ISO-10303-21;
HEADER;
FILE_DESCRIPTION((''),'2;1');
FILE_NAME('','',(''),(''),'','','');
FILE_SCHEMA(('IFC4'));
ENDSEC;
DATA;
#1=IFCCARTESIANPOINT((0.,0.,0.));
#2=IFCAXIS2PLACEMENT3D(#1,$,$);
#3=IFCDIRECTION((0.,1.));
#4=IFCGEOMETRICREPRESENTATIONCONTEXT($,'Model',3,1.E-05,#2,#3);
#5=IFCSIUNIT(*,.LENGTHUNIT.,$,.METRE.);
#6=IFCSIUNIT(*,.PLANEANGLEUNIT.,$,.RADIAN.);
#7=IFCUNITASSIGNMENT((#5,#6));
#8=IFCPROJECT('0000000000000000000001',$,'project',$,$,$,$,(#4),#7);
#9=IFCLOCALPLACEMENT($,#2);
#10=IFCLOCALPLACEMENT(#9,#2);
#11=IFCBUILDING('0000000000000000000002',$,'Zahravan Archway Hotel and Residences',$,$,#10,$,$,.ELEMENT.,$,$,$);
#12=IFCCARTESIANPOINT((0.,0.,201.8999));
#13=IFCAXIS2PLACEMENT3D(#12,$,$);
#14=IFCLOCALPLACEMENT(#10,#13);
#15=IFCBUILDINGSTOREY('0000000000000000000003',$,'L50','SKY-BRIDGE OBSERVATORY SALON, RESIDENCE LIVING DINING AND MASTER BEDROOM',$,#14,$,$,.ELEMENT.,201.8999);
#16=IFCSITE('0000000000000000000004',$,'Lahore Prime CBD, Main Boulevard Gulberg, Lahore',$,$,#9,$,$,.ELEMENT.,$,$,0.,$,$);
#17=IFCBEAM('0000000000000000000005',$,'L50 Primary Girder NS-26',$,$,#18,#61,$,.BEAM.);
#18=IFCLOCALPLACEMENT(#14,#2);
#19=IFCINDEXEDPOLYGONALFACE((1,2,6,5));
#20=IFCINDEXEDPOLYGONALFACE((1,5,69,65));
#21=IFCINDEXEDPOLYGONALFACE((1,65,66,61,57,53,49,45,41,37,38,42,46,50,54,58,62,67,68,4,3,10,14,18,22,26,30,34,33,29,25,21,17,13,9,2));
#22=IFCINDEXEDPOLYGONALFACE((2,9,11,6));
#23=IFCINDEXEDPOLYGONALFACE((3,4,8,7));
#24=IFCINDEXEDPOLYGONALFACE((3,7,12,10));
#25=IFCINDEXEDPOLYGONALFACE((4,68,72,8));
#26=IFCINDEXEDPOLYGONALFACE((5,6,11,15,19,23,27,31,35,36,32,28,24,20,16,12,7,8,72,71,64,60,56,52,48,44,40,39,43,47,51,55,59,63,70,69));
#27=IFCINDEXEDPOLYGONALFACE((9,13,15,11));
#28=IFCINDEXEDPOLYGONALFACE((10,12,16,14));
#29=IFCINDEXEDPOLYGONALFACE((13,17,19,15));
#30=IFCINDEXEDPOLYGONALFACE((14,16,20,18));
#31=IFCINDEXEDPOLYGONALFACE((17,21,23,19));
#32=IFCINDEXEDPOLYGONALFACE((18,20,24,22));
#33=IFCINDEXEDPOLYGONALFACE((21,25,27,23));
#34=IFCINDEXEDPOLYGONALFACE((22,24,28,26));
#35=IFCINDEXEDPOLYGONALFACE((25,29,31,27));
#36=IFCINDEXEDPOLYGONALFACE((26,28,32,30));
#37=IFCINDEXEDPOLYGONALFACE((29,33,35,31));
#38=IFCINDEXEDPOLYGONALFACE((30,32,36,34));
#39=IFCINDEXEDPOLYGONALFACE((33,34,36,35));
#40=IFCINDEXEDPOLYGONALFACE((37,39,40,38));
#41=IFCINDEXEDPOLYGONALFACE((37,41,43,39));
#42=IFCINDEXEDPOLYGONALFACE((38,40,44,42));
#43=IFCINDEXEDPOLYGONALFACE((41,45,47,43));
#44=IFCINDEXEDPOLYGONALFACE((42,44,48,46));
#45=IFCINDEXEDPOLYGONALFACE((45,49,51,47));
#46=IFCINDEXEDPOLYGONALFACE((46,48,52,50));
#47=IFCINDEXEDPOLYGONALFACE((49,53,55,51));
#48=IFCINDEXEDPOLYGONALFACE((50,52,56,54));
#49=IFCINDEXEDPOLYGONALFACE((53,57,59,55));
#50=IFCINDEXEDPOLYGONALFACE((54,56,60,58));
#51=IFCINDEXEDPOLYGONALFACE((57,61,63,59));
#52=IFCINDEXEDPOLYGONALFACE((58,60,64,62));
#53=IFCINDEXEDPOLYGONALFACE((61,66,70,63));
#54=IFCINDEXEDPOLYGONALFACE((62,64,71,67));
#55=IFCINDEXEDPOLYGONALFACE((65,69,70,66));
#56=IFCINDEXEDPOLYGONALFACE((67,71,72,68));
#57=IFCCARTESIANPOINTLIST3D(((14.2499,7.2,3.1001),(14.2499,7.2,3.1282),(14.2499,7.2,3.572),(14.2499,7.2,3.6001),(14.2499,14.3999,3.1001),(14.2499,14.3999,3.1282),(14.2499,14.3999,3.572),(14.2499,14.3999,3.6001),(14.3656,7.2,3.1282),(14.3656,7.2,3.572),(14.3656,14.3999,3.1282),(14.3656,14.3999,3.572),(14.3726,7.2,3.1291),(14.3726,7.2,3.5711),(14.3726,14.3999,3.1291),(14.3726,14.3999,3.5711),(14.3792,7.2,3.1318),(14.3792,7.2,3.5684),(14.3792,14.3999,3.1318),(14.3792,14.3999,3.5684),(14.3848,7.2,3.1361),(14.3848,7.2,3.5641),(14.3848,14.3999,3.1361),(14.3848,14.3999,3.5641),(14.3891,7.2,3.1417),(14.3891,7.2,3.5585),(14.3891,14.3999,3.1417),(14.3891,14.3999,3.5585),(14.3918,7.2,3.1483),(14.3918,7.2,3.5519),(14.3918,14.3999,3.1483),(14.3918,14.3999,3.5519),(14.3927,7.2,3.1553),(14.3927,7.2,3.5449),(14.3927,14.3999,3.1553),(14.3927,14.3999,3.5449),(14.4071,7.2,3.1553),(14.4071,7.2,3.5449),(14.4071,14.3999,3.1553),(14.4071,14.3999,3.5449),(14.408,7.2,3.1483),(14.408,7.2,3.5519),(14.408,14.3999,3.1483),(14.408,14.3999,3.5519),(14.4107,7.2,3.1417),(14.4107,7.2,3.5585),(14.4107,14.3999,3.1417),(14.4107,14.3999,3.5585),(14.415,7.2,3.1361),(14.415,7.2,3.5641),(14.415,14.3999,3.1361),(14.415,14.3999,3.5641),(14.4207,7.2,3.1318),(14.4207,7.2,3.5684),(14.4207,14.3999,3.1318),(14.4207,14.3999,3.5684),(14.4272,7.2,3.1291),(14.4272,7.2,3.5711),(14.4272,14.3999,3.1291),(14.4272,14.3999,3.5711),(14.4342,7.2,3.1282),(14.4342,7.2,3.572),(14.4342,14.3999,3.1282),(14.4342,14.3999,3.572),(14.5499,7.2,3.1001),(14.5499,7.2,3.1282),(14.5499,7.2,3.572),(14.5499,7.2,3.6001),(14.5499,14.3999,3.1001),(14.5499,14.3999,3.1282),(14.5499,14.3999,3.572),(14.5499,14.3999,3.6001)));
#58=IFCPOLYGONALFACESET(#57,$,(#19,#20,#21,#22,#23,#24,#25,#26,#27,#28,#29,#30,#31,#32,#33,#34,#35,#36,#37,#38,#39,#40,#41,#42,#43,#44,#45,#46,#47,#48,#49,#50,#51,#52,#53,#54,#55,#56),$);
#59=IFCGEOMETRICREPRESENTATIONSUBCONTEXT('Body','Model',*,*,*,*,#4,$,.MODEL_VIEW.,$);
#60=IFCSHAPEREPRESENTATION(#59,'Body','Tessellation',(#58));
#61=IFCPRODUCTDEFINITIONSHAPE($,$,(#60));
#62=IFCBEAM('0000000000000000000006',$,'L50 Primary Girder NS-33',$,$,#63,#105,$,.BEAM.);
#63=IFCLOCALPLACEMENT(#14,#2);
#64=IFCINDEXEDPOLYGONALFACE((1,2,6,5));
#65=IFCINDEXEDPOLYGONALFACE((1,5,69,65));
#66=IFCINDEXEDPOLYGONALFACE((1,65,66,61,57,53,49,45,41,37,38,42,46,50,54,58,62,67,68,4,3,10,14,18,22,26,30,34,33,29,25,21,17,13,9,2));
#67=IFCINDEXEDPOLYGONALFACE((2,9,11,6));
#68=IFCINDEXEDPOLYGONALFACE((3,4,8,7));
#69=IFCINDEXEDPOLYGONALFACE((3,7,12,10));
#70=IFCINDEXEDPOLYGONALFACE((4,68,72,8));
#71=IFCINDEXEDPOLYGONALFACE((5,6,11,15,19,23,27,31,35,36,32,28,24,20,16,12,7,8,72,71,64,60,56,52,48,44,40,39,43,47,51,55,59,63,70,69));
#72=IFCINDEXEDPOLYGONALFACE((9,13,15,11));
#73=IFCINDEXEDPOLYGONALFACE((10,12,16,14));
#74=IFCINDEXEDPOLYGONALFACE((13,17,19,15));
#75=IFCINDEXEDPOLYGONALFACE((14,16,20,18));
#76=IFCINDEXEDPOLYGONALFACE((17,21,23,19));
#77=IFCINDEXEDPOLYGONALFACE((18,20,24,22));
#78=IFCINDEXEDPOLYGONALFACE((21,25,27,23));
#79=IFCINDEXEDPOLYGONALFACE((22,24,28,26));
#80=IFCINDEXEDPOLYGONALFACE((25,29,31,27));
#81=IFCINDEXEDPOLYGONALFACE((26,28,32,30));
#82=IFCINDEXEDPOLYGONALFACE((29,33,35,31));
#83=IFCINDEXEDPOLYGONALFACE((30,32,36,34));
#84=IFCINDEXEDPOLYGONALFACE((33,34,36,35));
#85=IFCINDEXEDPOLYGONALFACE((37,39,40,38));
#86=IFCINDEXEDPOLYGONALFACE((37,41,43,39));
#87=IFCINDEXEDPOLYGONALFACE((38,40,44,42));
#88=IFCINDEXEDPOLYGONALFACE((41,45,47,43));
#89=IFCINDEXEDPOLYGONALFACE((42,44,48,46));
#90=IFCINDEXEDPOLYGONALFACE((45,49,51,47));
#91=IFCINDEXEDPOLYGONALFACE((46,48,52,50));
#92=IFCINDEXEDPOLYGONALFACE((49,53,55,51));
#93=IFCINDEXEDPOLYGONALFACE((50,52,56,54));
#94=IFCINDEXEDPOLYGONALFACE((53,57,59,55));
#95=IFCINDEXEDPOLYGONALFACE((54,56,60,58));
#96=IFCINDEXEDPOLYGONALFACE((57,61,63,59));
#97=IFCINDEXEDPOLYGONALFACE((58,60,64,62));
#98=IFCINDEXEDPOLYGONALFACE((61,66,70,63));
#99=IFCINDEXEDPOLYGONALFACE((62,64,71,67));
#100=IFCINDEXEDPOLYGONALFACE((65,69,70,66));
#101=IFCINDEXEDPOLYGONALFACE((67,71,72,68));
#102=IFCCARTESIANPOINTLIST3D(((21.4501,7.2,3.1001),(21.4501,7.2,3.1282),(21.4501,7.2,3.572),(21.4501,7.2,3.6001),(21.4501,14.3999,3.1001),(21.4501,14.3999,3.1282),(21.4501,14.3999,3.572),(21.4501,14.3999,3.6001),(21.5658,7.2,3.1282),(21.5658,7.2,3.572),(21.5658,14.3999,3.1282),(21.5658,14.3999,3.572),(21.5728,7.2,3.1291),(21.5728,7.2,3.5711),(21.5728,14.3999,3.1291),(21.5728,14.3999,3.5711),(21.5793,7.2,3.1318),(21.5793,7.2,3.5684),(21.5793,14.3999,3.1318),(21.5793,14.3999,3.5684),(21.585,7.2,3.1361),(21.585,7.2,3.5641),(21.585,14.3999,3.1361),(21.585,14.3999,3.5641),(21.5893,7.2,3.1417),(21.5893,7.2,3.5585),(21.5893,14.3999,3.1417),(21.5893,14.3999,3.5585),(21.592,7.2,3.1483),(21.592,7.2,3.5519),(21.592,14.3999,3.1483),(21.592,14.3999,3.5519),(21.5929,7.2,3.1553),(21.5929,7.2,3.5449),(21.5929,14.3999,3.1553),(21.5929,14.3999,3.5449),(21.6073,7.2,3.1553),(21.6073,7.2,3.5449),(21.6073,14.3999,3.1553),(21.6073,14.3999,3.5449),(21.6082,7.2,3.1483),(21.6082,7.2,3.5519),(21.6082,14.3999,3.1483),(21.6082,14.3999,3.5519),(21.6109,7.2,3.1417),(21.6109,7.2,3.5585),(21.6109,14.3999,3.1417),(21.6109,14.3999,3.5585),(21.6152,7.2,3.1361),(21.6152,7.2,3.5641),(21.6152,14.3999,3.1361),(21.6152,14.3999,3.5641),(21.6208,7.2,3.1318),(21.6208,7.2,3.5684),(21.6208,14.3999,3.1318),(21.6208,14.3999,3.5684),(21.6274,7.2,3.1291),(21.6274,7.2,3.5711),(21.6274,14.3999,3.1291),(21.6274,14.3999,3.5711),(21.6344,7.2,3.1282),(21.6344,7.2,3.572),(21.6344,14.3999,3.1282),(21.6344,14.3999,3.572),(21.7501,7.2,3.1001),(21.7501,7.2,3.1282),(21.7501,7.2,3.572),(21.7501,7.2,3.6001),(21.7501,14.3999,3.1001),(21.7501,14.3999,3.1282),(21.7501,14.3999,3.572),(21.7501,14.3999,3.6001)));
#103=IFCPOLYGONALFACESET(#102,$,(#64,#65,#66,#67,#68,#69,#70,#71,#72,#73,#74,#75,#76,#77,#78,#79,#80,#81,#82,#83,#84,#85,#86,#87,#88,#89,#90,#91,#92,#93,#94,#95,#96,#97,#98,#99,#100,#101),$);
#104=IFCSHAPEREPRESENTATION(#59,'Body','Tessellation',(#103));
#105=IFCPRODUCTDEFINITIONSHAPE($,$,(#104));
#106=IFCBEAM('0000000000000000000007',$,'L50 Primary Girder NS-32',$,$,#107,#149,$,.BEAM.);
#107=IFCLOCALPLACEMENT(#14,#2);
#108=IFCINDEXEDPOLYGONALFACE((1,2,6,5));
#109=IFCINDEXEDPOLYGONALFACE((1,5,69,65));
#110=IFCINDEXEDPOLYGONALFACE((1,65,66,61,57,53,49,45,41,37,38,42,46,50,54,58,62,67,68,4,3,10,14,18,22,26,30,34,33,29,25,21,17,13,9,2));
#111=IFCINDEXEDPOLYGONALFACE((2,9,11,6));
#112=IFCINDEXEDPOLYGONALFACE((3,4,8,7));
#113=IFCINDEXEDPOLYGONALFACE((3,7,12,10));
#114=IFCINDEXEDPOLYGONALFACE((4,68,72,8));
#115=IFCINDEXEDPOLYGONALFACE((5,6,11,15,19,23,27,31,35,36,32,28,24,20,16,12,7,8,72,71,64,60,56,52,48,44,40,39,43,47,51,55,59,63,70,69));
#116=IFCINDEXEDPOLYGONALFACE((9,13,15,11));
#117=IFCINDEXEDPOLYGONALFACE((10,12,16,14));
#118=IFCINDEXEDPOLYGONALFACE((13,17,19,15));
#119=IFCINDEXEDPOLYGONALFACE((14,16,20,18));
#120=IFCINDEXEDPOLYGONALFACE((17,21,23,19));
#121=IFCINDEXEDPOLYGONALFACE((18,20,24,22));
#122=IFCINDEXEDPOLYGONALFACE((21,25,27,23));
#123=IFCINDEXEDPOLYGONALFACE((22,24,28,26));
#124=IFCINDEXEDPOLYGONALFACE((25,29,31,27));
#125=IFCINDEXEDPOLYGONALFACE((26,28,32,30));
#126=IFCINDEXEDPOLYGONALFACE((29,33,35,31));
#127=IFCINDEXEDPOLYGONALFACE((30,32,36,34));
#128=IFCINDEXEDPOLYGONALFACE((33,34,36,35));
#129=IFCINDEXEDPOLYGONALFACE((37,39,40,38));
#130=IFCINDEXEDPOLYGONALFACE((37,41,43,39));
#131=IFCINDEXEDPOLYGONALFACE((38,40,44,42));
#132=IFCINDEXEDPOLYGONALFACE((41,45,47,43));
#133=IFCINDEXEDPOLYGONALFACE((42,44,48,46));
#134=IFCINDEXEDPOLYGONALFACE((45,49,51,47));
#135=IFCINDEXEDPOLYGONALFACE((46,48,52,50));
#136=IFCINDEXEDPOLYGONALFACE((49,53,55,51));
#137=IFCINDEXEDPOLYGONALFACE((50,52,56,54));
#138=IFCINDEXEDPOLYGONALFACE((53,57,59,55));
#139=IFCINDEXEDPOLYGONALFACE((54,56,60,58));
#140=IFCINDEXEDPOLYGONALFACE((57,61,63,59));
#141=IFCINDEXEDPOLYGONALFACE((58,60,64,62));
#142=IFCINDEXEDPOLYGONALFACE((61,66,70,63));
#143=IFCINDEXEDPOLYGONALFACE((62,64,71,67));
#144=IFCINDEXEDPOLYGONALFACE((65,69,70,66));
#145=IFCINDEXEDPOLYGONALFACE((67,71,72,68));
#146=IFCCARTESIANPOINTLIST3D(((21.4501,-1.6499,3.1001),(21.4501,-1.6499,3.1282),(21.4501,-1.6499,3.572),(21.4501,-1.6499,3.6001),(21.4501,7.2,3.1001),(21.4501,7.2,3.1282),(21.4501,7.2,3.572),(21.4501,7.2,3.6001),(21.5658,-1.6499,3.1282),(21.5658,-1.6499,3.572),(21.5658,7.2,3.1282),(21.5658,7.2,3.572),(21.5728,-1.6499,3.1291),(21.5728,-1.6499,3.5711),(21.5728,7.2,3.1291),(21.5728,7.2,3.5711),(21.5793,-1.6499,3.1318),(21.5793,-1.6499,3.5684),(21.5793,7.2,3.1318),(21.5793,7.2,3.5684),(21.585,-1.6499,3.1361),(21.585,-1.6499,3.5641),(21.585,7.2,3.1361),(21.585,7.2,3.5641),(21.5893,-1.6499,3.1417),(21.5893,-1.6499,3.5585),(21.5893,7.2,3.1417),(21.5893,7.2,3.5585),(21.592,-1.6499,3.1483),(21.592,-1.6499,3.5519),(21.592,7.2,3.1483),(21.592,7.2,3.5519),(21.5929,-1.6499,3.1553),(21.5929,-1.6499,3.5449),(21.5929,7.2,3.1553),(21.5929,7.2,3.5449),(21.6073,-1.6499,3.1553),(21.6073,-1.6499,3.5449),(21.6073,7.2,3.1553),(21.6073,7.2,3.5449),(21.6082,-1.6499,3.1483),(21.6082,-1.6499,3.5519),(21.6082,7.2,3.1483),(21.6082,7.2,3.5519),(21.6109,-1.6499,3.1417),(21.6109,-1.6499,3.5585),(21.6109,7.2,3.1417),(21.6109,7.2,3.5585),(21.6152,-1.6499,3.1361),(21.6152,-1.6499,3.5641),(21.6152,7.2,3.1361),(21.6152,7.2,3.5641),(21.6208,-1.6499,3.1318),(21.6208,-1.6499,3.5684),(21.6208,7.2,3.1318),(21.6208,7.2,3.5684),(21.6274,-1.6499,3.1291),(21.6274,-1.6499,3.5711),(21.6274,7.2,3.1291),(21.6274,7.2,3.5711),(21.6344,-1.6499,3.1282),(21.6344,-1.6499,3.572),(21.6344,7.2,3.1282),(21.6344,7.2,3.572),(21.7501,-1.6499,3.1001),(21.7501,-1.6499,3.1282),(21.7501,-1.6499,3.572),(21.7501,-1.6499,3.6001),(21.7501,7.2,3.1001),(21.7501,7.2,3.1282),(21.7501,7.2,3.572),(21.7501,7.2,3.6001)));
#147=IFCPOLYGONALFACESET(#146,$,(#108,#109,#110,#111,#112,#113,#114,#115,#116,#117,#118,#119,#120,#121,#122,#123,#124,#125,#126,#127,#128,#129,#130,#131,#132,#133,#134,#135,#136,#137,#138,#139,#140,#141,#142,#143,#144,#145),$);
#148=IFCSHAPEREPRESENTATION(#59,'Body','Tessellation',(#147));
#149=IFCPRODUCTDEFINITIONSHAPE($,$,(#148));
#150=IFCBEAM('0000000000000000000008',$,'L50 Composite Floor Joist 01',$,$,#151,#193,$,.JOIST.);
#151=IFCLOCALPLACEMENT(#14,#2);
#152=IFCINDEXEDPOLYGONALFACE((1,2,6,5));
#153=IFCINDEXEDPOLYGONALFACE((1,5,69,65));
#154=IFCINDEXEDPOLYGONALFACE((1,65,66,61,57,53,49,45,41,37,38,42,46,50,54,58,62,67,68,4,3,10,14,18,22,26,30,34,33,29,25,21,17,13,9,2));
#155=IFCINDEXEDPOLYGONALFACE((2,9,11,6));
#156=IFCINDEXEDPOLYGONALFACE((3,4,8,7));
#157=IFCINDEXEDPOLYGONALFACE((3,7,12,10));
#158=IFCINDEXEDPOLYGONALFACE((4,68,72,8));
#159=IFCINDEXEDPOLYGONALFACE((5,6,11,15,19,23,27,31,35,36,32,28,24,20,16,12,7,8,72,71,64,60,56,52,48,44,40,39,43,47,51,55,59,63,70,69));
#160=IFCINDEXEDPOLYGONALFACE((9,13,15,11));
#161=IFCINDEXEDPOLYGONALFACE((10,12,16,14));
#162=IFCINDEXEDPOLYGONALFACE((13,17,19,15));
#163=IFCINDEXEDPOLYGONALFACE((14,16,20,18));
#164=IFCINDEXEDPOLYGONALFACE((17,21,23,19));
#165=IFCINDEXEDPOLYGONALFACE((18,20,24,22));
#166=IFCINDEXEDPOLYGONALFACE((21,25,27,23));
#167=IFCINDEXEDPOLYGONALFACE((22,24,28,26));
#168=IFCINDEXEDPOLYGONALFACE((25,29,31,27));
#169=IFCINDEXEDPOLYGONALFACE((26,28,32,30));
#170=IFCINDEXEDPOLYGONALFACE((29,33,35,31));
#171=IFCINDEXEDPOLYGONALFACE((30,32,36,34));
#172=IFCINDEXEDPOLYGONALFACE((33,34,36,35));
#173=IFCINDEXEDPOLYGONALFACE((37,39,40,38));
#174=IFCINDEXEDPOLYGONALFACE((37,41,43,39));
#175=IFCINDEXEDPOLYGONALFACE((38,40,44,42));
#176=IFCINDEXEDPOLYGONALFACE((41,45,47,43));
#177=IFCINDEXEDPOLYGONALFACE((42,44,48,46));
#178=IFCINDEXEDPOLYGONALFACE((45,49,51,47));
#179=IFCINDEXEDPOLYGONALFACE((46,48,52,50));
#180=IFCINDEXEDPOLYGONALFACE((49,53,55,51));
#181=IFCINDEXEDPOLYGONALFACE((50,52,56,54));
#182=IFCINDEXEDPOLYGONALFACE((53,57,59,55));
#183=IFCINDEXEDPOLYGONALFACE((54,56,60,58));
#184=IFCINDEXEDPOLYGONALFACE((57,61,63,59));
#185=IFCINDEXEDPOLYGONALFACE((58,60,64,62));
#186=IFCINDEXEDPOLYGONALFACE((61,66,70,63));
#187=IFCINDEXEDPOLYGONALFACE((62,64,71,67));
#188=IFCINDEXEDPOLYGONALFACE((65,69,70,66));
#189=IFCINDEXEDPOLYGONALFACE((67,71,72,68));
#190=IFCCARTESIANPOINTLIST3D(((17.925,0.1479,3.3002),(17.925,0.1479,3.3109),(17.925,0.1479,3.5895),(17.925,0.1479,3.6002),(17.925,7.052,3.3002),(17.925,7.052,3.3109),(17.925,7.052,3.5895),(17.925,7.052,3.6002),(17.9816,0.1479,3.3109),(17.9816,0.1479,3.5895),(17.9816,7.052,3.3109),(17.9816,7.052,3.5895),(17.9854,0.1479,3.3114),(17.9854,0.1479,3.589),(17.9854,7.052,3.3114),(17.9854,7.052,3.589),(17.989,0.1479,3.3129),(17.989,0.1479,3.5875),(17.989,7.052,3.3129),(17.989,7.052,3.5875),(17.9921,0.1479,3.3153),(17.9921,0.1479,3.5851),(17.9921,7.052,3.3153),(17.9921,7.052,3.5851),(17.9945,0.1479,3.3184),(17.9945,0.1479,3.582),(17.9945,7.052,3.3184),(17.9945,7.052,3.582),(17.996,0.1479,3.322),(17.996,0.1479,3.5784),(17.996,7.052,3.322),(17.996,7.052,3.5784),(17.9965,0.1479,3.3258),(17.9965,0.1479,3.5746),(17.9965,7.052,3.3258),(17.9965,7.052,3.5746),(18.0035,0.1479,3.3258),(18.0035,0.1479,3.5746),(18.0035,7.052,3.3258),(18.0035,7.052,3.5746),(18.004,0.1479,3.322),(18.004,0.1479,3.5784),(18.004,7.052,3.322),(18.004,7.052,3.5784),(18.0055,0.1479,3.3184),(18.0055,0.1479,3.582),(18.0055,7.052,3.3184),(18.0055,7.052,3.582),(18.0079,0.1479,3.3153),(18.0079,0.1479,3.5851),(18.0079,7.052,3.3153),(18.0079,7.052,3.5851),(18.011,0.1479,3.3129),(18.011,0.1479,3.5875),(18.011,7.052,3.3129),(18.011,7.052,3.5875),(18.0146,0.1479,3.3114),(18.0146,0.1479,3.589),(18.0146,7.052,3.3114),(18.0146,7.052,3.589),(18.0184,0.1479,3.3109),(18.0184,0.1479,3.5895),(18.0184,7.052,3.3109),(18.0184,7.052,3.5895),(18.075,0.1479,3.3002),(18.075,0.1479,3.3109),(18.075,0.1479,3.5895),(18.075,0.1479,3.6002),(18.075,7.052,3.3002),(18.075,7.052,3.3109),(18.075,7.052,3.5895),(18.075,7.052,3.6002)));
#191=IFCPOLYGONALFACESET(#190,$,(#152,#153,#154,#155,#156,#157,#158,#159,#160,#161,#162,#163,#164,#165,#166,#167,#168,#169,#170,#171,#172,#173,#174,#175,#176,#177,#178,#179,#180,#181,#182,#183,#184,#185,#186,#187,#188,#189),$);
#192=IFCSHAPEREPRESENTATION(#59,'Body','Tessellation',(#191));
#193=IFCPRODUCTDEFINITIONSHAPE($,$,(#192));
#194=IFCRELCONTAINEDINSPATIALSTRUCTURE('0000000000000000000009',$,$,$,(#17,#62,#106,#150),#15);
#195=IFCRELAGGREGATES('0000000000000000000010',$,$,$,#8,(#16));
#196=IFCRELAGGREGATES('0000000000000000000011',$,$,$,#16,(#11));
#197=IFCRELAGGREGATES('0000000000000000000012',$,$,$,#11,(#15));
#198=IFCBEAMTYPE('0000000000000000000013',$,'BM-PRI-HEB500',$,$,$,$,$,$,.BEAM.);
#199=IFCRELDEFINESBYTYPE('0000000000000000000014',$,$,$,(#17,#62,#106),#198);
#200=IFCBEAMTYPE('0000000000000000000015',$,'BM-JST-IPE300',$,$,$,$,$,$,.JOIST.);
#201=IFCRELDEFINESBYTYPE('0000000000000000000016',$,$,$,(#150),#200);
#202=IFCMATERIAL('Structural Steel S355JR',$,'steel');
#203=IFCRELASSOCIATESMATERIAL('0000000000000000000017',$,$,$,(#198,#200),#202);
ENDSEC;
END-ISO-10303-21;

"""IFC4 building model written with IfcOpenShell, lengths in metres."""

from ifc_helpers import new_model, si_unit, direction, frame, origin, origin_2d, place, context, subcontext, project, spatial, i_section, extrude, source, transform, mapped, material, material_profile, profile_set, type_object, type_shapes, element, save


model = new_model("IFC4")

# Units and contexts
model_context = context("Model", 3, precision=1e-05, world=origin(), true_north=direction((0.0, 1.0)))
body_context = subcontext(model_context, "Body", "Model", "MODEL_VIEW")
ifc_project = project(units=[si_unit("LENGTHUNIT", "METRE"), si_unit("PLANEANGLEUNIT", "RADIAN")], contexts=[model_context])

# Site, building, storey
site_placement = place(None, origin())
site = spatial("IfcSite", under=ifc_project, at=site_placement, Name="Lahore Prime CBD, Main Boulevard Gulberg, Lahore", CompositionType="ELEMENT", RefElevation=0.0)
building_placement = place(site_placement, origin())
building = spatial("IfcBuilding", under=site, at=building_placement, Name="Zahravan Archway Hotel and Residences", CompositionType="ELEMENT")
storey_placement = place(building_placement, frame((0.0, 0.0, 201.8999)))
storey = spatial("IfcBuildingStorey", under=building, at=storey_placement, Name="L50", Description="SKY-BRIDGE OBSERVATORY SALON, RESIDENCE LIVING DINING AND MASTER BEDROOM", CompositionType="ELEMENT", Elevation=201.8999)

# Beams
ifc_material_1 = material(Name="Structural Steel S355JR", Category="steel")
ifc_material_profile_1 = material_profile(ifc_material_1, i_section(OverallWidth=0.3, OverallDepth=0.5, WebThickness=0.0144, FlangeThickness=0.0281, FilletRadius=0.0271, at=origin_2d()), Name="HEB 500", Category="steel")
ifc_profile_set_1 = profile_set([ifc_material_profile_1], Name="Structural Steel S355JR")
beam_type_1 = type_object("IfcBeamType", Name="BM-PRI-HEB500", PredefinedType="BEAM", material=ifc_profile_set_1)
shared_shape_1 = source(origin(), body_context, "Body", "SweptSolid", [
    extrude(i_section(OverallWidth=0.3, OverallDepth=0.5, WebThickness=0.0144, FlangeThickness=0.0281, FilletRadius=0.0271, at=origin_2d()), origin(), (0.0, 0.0, 1.0), 7.2),
])
for number, where, z_axis, x_axis, name in (
    (1, (14.3999, 7.2, 3.3501), (0.0, 1.0, 0.0), (-1.0, 0.0, 0.0), "L50 Primary Girder NS-26"),
    (2, (21.6001, 7.2, 3.3501), (0.0, 1.0, 0.0), (-1.0, 0.0, 0.0), "L50 Primary Girder NS-33"),
):
    element("IfcBeam", number, at=place(storey_placement, frame(where, z_axis=z_axis, x_axis=x_axis)), inside=storey, type_object=beam_type_1, Name=name, PredefinedType="BEAM", context=body_context, shape_type="MappedRepresentation", body=[
        mapped(shared_shape_1, transform((0.0, 0.0, 0.0), scale=1.0)),
    ])
shared_shape_2 = source(origin(), body_context, "Body", "SweptSolid", [
    extrude(i_section(OverallWidth=0.3, OverallDepth=0.5, WebThickness=0.0144, FlangeThickness=0.0281, FilletRadius=0.0271, at=origin_2d()), origin(), (0.0, 0.0, 1.0), 8.8499),
])
beam_1_placement = place(storey_placement, frame((21.6001, -1.6499, 3.3501), z_axis=(0.0, 1.0, 0.0), x_axis=(-1.0, 0.0, 0.0)))
element("IfcBeam", 3, at=beam_1_placement, inside=storey, type_object=beam_type_1, Name="L50 Primary Girder NS-32", PredefinedType="BEAM", context=body_context, shape_type="MappedRepresentation", body=[
    mapped(shared_shape_2, transform((0.0, 0.0, 0.0), scale=1.0)),
])
ifc_material_profile_2 = material_profile(ifc_material_1, i_section(OverallWidth=0.1499, OverallDepth=0.3, WebThickness=0.0071, FlangeThickness=0.0107, FilletRadius=0.0149, at=origin_2d()), Name="IPE 300", Category="steel")
ifc_profile_set_2 = profile_set([ifc_material_profile_2], Name="Structural Steel S355JR")
beam_type_2 = type_object("IfcBeamType", Name="BM-JST-IPE300", PredefinedType="JOIST", material=ifc_profile_set_2)
shared_shape_3 = source(origin(), body_context, "Body", "SweptSolid", [
    extrude(i_section(OverallWidth=0.1499, OverallDepth=0.3, WebThickness=0.0071, FlangeThickness=0.0107, FilletRadius=0.0149, at=origin_2d()), origin(), (0.0, 0.0, 1.0), 6.9041),
])
type_shapes(beam_type_2, [shared_shape_3])
for number, where, z_axis, x_axis, name in (
    (4, (18.0, 0.1479, 3.4502), (0.0, 1.0, 0.0), (-1.0, 0.0, 0.0), "L50 Composite Floor Joist 01"),
):
    element("IfcBeam", number, at=place(storey_placement, frame(where, z_axis=z_axis, x_axis=x_axis)), inside=storey, type_object=beam_type_2, Name=name, PredefinedType="JOIST", context=body_context, shape_type="MappedRepresentation", body=[
        mapped(shared_shape_3, transform((0.0, 0.0, 0.0), scale=1.0)),
    ])

save(model, "model.ifc")
